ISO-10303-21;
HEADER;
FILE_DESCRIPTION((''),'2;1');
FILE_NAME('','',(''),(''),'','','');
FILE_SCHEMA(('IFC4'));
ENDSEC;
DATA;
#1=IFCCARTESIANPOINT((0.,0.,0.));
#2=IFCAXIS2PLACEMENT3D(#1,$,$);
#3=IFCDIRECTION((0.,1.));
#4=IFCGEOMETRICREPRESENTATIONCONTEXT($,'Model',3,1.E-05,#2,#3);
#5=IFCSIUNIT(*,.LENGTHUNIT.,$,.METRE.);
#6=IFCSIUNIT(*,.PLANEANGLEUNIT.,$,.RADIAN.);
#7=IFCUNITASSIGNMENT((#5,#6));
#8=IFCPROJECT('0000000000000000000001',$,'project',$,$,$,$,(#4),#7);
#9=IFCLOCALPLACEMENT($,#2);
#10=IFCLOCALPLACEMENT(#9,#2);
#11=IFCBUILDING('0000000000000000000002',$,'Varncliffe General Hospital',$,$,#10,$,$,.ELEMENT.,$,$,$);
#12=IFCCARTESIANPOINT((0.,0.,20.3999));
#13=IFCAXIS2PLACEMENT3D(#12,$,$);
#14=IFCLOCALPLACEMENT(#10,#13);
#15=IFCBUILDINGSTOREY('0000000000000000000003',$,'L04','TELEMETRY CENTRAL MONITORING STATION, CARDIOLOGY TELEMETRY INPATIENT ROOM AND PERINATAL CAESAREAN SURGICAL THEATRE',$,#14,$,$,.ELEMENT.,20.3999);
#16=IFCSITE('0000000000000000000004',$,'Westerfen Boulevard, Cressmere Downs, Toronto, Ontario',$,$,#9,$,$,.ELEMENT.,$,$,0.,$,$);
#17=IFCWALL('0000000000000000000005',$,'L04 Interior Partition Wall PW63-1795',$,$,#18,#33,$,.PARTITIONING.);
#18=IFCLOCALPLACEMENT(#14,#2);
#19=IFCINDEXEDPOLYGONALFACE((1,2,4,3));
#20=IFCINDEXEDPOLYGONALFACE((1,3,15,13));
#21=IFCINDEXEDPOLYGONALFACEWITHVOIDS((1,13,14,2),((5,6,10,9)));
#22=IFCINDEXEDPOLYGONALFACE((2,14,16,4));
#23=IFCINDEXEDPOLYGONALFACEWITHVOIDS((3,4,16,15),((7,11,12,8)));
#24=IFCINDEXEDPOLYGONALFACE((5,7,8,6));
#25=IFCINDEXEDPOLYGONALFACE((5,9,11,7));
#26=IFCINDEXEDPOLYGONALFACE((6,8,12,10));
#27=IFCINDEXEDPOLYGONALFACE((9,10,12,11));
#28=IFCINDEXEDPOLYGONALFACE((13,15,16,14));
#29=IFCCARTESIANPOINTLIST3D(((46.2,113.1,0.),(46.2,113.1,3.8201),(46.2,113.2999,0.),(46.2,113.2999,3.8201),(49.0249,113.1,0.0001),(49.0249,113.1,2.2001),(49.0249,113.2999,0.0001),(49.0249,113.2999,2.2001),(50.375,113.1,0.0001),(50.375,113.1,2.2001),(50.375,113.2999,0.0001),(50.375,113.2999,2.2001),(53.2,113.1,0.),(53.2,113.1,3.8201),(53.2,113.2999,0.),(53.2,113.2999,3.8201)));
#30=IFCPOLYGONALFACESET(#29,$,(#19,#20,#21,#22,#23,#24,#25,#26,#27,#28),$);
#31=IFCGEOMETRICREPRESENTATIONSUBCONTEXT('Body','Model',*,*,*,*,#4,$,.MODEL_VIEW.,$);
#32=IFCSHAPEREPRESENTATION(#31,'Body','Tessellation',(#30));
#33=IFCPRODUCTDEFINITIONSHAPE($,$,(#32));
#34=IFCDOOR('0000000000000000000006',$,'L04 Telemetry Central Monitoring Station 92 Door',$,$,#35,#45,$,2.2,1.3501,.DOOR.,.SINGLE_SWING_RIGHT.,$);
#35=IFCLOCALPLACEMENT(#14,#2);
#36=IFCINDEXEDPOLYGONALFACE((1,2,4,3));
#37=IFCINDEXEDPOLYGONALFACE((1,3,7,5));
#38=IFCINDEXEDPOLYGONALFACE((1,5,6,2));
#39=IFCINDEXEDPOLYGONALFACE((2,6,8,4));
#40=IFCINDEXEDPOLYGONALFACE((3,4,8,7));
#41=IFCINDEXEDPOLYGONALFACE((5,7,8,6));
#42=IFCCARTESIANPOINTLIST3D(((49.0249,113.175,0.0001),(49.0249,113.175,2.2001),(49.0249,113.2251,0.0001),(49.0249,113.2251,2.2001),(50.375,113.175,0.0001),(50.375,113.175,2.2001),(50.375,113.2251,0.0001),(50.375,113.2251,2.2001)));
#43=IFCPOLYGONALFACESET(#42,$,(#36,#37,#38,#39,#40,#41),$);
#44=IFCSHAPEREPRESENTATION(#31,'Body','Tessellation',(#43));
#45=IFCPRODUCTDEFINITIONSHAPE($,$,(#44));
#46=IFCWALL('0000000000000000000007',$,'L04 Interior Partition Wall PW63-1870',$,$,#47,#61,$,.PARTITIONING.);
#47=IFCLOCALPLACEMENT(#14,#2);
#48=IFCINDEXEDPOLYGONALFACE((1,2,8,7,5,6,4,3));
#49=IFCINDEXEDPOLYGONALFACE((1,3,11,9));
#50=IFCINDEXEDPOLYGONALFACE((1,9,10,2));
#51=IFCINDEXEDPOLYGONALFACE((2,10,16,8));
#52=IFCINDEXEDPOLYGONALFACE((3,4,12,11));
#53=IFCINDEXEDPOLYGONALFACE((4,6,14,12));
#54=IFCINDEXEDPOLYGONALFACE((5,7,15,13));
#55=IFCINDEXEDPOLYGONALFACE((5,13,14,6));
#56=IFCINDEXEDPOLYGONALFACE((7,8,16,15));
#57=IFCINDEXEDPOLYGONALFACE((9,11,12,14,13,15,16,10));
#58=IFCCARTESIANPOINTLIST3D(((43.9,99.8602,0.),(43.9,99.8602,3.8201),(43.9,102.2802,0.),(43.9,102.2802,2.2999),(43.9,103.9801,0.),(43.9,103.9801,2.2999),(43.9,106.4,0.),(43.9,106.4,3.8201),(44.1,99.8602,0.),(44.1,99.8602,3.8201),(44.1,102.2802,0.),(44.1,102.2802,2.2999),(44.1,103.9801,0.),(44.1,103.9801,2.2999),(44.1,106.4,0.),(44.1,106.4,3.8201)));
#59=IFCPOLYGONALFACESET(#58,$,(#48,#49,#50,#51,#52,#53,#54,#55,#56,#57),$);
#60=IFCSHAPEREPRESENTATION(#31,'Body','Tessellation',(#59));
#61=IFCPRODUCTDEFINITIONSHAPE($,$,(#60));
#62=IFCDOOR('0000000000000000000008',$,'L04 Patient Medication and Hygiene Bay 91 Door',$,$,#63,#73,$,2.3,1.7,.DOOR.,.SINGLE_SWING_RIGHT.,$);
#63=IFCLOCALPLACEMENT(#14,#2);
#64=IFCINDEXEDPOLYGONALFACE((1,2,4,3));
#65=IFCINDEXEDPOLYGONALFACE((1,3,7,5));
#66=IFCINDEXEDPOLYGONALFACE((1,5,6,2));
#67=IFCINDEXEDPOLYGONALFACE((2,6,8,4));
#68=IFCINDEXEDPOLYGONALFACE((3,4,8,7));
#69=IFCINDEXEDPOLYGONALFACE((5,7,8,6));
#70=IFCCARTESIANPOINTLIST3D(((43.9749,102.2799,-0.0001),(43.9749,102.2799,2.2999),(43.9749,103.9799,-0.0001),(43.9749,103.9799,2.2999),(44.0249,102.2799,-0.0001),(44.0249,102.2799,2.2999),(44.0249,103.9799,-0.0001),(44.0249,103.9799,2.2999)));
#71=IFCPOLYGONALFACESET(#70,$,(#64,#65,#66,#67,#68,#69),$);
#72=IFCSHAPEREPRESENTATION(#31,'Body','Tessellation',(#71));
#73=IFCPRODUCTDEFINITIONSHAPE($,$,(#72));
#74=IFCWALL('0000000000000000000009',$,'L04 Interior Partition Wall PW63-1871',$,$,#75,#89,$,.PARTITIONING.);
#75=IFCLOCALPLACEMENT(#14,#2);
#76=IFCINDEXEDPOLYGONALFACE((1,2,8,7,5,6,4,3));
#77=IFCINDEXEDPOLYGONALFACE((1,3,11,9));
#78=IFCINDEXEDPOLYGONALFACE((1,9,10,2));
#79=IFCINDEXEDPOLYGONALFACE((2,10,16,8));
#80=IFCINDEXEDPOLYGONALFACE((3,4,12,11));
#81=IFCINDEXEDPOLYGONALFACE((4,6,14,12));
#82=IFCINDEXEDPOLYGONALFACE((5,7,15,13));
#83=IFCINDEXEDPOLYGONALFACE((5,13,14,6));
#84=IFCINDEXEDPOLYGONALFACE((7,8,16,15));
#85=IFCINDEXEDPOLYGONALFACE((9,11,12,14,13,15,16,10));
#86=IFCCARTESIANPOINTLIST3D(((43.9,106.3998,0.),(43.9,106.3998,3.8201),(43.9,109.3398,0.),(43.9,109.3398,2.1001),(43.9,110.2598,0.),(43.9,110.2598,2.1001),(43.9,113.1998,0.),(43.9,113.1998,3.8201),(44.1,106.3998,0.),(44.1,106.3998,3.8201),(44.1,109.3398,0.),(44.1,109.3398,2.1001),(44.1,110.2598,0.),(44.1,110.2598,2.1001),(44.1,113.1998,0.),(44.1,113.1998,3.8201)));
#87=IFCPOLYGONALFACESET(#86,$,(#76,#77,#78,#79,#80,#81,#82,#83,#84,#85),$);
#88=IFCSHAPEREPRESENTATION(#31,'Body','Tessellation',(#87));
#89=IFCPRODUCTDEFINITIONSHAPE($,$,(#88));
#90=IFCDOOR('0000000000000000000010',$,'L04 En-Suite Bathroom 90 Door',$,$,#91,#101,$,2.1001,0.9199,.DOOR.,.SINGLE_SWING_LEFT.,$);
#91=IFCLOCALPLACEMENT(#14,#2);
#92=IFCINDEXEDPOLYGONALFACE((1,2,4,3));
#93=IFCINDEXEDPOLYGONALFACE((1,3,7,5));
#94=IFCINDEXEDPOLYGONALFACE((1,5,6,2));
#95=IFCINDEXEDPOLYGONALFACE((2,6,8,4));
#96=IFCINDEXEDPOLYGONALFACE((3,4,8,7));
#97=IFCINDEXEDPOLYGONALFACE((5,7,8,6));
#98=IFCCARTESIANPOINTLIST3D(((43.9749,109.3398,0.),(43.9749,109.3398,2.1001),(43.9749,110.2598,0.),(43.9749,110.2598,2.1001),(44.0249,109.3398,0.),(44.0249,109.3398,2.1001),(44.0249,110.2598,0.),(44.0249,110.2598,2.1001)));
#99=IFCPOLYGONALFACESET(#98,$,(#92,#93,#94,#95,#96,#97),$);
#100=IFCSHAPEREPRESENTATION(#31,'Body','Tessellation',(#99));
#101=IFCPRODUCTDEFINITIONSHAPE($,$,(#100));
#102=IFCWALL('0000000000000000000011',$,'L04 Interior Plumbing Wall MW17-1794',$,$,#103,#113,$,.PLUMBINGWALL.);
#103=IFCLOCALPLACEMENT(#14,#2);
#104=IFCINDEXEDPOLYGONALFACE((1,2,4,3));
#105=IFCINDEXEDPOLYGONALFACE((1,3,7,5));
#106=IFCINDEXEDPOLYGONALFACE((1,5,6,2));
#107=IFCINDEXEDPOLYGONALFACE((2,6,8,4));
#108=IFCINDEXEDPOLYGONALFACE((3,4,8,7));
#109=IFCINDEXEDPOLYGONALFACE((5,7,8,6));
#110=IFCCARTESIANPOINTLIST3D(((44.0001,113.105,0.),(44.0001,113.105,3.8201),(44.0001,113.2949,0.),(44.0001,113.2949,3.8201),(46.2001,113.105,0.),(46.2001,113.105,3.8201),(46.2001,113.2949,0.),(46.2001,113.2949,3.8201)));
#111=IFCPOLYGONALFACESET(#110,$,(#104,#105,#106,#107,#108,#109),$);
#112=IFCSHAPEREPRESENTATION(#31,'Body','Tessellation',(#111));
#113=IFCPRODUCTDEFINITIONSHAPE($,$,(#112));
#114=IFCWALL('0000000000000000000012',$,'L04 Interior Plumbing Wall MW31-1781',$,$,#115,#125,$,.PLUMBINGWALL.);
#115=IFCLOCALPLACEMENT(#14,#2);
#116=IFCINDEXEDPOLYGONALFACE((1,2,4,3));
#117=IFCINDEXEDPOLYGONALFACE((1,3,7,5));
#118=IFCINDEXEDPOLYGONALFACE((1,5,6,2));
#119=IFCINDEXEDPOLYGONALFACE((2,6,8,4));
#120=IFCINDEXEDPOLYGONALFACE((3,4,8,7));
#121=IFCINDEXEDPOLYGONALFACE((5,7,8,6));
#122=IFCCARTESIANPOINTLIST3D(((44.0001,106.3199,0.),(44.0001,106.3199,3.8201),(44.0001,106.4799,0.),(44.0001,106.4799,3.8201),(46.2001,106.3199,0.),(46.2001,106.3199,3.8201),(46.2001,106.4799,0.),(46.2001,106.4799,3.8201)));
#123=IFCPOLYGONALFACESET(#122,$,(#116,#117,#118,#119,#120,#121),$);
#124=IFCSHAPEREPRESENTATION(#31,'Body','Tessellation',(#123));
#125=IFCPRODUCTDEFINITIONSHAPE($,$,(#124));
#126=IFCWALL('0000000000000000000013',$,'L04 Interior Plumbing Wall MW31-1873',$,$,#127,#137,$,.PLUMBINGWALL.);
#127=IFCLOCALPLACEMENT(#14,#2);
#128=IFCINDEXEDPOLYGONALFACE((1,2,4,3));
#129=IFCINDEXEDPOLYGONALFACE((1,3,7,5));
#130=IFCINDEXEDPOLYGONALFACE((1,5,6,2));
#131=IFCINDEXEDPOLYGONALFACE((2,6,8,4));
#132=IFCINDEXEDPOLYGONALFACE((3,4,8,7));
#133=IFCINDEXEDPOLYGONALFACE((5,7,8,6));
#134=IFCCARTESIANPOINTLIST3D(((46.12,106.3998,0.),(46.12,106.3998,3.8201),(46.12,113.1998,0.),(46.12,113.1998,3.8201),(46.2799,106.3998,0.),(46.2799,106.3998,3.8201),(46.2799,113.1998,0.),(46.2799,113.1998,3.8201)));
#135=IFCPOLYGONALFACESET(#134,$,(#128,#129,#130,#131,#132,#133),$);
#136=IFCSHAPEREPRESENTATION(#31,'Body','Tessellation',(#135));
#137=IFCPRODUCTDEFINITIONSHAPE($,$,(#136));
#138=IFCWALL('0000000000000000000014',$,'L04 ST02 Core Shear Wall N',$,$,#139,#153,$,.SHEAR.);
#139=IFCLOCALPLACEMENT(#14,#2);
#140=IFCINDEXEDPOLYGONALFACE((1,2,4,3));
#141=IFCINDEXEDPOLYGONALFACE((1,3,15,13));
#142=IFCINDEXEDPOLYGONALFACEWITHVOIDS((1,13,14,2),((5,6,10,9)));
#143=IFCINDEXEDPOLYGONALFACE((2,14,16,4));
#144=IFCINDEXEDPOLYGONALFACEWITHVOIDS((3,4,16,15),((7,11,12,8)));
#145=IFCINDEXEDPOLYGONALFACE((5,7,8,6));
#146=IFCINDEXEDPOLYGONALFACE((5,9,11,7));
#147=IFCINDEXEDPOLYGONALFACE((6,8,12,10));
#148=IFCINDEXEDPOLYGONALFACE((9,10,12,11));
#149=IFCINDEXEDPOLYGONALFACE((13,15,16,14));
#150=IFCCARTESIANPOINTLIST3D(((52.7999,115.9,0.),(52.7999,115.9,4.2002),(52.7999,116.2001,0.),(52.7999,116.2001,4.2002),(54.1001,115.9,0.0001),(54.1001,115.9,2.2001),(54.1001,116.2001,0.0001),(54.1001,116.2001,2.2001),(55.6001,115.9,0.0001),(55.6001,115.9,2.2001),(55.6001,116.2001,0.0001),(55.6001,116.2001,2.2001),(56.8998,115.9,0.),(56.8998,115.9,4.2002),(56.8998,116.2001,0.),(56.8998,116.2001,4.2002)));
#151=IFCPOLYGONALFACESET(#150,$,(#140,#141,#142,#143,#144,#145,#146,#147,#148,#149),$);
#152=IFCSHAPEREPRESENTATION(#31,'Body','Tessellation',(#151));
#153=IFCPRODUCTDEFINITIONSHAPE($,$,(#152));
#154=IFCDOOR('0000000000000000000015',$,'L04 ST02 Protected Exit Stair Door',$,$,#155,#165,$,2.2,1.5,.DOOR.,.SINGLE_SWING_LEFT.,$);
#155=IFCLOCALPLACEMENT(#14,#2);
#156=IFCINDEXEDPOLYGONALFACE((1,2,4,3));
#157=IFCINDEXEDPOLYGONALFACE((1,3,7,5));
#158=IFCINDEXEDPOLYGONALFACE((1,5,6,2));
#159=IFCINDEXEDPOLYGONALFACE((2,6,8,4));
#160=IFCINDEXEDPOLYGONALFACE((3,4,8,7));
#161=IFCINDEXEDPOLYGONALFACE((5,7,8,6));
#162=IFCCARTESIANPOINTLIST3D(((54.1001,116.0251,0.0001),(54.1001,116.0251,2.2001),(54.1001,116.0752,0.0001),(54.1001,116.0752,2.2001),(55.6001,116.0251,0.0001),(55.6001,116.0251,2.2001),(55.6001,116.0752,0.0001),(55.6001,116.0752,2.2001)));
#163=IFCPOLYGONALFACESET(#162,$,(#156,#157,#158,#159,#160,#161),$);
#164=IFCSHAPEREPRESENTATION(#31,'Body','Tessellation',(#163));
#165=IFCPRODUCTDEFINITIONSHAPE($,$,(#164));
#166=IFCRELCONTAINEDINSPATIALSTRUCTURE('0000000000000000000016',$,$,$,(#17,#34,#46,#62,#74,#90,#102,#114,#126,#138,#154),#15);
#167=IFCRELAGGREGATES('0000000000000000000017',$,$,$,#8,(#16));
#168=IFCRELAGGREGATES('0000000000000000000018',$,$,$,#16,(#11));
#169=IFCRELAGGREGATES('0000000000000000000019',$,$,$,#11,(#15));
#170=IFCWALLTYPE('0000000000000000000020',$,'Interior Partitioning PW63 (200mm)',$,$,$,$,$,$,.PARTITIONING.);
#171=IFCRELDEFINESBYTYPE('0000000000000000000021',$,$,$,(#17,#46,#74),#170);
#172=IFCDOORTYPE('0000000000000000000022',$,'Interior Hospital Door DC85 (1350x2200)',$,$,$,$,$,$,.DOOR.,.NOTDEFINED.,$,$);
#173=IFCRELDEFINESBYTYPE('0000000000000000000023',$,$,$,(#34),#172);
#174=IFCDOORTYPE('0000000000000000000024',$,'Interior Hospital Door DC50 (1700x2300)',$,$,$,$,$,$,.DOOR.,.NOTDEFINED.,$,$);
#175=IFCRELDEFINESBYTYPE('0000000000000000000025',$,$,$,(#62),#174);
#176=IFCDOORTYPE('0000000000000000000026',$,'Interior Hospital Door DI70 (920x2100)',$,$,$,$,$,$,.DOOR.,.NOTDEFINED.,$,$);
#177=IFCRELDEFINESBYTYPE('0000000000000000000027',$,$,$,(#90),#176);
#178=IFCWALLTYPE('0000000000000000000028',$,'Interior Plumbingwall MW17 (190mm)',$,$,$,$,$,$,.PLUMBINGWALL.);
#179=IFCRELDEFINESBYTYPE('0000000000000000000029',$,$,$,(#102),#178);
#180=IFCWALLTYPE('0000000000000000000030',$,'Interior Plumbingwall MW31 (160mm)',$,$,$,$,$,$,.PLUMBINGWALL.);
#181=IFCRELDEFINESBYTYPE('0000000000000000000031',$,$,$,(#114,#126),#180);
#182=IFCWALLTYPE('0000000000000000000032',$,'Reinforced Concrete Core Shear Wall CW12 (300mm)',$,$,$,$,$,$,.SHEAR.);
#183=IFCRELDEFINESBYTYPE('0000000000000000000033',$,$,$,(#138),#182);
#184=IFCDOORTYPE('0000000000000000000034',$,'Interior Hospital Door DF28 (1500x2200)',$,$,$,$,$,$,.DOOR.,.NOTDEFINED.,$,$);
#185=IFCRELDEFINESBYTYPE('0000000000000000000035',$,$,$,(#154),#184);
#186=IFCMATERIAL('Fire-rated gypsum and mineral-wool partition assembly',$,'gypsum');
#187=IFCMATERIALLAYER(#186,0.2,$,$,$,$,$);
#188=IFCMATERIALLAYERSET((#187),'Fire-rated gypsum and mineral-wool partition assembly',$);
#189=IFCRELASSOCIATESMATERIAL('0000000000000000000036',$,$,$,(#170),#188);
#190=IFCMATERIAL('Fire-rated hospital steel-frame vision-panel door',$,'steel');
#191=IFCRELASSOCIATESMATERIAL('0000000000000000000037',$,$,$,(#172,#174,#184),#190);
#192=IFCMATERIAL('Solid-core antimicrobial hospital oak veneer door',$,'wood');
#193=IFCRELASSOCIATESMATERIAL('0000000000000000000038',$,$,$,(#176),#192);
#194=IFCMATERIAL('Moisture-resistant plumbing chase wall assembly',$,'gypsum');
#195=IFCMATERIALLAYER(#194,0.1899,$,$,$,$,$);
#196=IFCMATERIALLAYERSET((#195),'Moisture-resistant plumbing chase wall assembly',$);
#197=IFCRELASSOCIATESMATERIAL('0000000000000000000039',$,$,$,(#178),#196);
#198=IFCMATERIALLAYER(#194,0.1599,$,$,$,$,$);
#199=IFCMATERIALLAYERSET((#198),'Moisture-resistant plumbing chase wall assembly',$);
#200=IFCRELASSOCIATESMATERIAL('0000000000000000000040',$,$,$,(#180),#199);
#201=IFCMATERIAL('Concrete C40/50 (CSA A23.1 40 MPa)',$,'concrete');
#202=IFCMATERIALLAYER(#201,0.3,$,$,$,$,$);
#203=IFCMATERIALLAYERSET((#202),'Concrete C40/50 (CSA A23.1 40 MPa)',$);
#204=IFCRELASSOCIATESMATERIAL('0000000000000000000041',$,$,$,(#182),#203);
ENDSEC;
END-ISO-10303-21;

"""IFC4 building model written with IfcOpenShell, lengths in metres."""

from ifc_helpers import new_model, si_unit, direction, frame, frame_2d, origin, place, context, subcontext, project, spatial, rectangle, extrude, material, layer, layer_set, type_object, element, fill, save


model = new_model("IFC4")

# Units and contexts
model_context = context("Model", 3, precision=1e-05, world=origin(), true_north=direction((0.0, 1.0)))
body_context = subcontext(model_context, "Body", "Model", "MODEL_VIEW")
ifc_project = project(units=[si_unit("LENGTHUNIT", "METRE"), si_unit("PLANEANGLEUNIT", "RADIAN")], contexts=[model_context])

# Site, building, storey
site_placement = place(None, origin())
site = spatial("IfcSite", under=ifc_project, at=site_placement, Name="Westerfen Boulevard, Cressmere Downs, Toronto, Ontario", CompositionType="ELEMENT", RefElevation=0.0)
building_placement = place(site_placement, origin())
building = spatial("IfcBuilding", under=site, at=building_placement, Name="Varncliffe General Hospital", CompositionType="ELEMENT")
storey_placement = place(building_placement, frame((0.0, 0.0, 20.3999)))
storey = spatial("IfcBuildingStorey", under=building, at=storey_placement, Name="L04", Description="TELEMETRY CENTRAL MONITORING STATION, CARDIOLOGY TELEMETRY INPATIENT ROOM AND PERINATAL CAESAREAN SURGICAL THEATRE", CompositionType="ELEMENT", Elevation=20.3999)

# Shared definitions
ifc_material_1 = material(Name="Concrete C40/50 (CSA A23.1 40 MPa)", Category="concrete")

# Walls, openings, doors
ifc_material_2 = material(Name="Fire-rated gypsum and mineral-wool partition assembly", Category="gypsum")
ifc_material_3 = material(Name="Fire-rated hospital steel-frame vision-panel door", Category="steel")
ifc_layer_1 = layer(ifc_material_2, 0.2)
ifc_layer_set_1 = layer_set([ifc_layer_1], Name="Fire-rated gypsum and mineral-wool partition assembly")
wall_type_1 = type_object("IfcWallType", Name="Interior Partitioning PW63 (200mm)", PredefinedType="PARTITIONING", material=ifc_layer_set_1)
wall_1_placement = place(storey_placement, frame((46.2, 113.2, 0.0), z_axis=(0.0, 0.0, 1.0), x_axis=(1.0, 0.0, 0.0)))
wall_1 = element("IfcWall", 1, at=wall_1_placement, inside=storey, type_object=wall_type_1, Name="L04 Interior Partition Wall PW63-1795", PredefinedType="PARTITIONING", context=body_context, shape_type="SweptSolid", body=[
    extrude(rectangle(XDim=7.0, YDim=0.2, at=frame_2d((3.5, 0.0))), origin(), (0.0, 0.0, 1.0), 3.8201),
])
opening_1_placement = place(wall_1_placement, frame((2.825, 0.0, 0.0)))
opening_1 = element("IfcOpeningElement", 2, at=opening_1_placement, cuts=wall_1, PredefinedType="OPENING", context=body_context, shape_type="SweptSolid", body=[
    extrude(rectangle(XDim=1.3501, YDim=2.2, at=frame_2d((0.675, 1.1001))), frame((0.0, 0.1099, 0.0), z_axis=(0.0, -1.0, 0.0), x_axis=(1.0, 0.0, 0.0)), (0.0, 0.0, 1.0), 0.22),
])
door_type_1 = type_object("IfcDoorType", Name="Interior Hospital Door DC85 (1350x2200)", OperationType="NOTDEFINED", PredefinedType="DOOR", material=ifc_material_3)
door_1_placement = place(opening_1_placement, frame((1.3501, 0.0, 0.0), z_axis=(0.0, 0.0, 1.0), x_axis=(-1.0, 0.0, 0.0)))
door_1 = element("IfcDoor", 3, at=door_1_placement, inside=storey, type_object=door_type_1, Name="L04 Telemetry Central Monitoring Station 92 Door", OperationType="SINGLE_SWING_RIGHT", OverallHeight=2.2, OverallWidth=1.3501, PredefinedType="DOOR", context=body_context, shape_type="SweptSolid", body=[
    extrude(rectangle(XDim=1.3501, YDim=2.2, at=frame_2d((0.675, 1.1001))), frame((0.0, 0.0249, 0.0), z_axis=(0.0, -1.0, 0.0), x_axis=(1.0, 0.0, 0.0)), (0.0, 0.0, 1.0), 0.05),
])
fill(opening_1, door_1)
wall_2_placement = place(storey_placement, frame((44.0, 99.8601, 0.0), z_axis=(0.0, 0.0, 1.0), x_axis=(0.0, 1.0, 0.0)))
wall_2 = element("IfcWall", 4, at=wall_2_placement, inside=storey, type_object=wall_type_1, Name="L04 Interior Partition Wall PW63-1870", PredefinedType="PARTITIONING", context=body_context, shape_type="SweptSolid", body=[
    extrude(rectangle(XDim=6.5398, YDim=0.2, at=frame_2d((3.27, 0.0))), origin(), (0.0, 0.0, 1.0), 3.8201),
])
opening_2_placement = place(wall_2_placement, frame((2.4199, 0.0, 0.0)))
opening_2 = element("IfcOpeningElement", 5, at=opening_2_placement, cuts=wall_2, PredefinedType="OPENING", context=body_context, shape_type="SweptSolid", body=[
    extrude(rectangle(XDim=1.7, YDim=2.3, at=frame_2d((0.8501, 1.1499))), frame((0.0, 0.1099, 0.0), z_axis=(0.0, -1.0, 0.0), x_axis=(1.0, 0.0, 0.0)), (0.0, 0.0, 1.0), 0.22),
])
door_type_2 = type_object("IfcDoorType", Name="Interior Hospital Door DC50 (1700x2300)", OperationType="NOTDEFINED", PredefinedType="DOOR", material=ifc_material_3)
door_2_placement = place(opening_2_placement, frame((1.7, 0.0, 0.0), z_axis=(0.0, 0.0, 1.0), x_axis=(-1.0, 0.0, 0.0)))
door_2 = element("IfcDoor", 6, at=door_2_placement, inside=storey, type_object=door_type_2, Name="L04 Patient Medication and Hygiene Bay 91 Door", OperationType="SINGLE_SWING_RIGHT", OverallHeight=2.3, OverallWidth=1.7, PredefinedType="DOOR", context=body_context, shape_type="SweptSolid", body=[
    extrude(rectangle(XDim=1.7, YDim=2.3, at=frame_2d((0.8501, 1.1499))), frame((0.0, 0.0249, 0.0), z_axis=(0.0, -1.0, 0.0), x_axis=(1.0, 0.0, 0.0)), (0.0, 0.0, 1.0), 0.05),
])
fill(opening_2, door_2)
wall_3_placement = place(storey_placement, frame((44.0, 106.3999, 0.0), z_axis=(0.0, 0.0, 1.0), x_axis=(0.0, 1.0, 0.0)))
wall_3 = element("IfcWall", 7, at=wall_3_placement, inside=storey, type_object=wall_type_1, Name="L04 Interior Partition Wall PW63-1871", PredefinedType="PARTITIONING", context=body_context, shape_type="SweptSolid", body=[
    extrude(rectangle(XDim=6.8, YDim=0.2, at=frame_2d((3.3999, 0.0))), origin(), (0.0, 0.0, 1.0), 3.8201),
])
opening_3_placement = place(wall_3_placement, frame((2.9399, 0.0, 0.0)))
opening_3 = element("IfcOpeningElement", 8, at=opening_3_placement, cuts=wall_3, PredefinedType="OPENING", context=body_context, shape_type="SweptSolid", body=[
    extrude(rectangle(XDim=0.9199, YDim=2.1001, at=frame_2d((0.46, 1.05))), frame((0.0, 0.1099, 0.0), z_axis=(0.0, -1.0, 0.0), x_axis=(1.0, 0.0, 0.0)), (0.0, 0.0, 1.0), 0.22),
])
ifc_material_4 = material(Name="Solid-core antimicrobial hospital oak veneer door", Category="wood")
door_type_3 = type_object("IfcDoorType", Name="Interior Hospital Door DI70 (920x2100)", OperationType="NOTDEFINED", PredefinedType="DOOR", material=ifc_material_4)
door_3_placement = place(opening_3_placement, frame((0.9199, 0.0, 0.0), z_axis=(0.0, 0.0, 1.0), x_axis=(-1.0, 0.0, 0.0)))
door_3 = element("IfcDoor", 9, at=door_3_placement, inside=storey, type_object=door_type_3, Name="L04 En-Suite Bathroom 90 Door", OperationType="SINGLE_SWING_LEFT", OverallHeight=2.1001, OverallWidth=0.9199, PredefinedType="DOOR", context=body_context, shape_type="SweptSolid", body=[
    extrude(rectangle(XDim=0.9199, YDim=2.1001, at=frame_2d((0.46, 1.05))), frame((0.0, 0.0249, 0.0), z_axis=(0.0, -1.0, 0.0), x_axis=(1.0, 0.0, 0.0)), (0.0, 0.0, 1.0), 0.05),
])
fill(opening_3, door_3)

# Walls
ifc_material_5 = material(Name="Moisture-resistant plumbing chase wall assembly", Category="gypsum")
ifc_layer_2 = layer(ifc_material_5, 0.1899)
ifc_layer_set_2 = layer_set([ifc_layer_2], Name="Moisture-resistant plumbing chase wall assembly")
wall_type_2 = type_object("IfcWallType", Name="Interior Plumbingwall MW17 (190mm)", PredefinedType="PLUMBINGWALL", material=ifc_layer_set_2)
wall_4_placement = place(storey_placement, frame((44.0, 113.2, 0.0), z_axis=(0.0, 0.0, 1.0), x_axis=(1.0, 0.0, 0.0)))
element("IfcWall", 10, at=wall_4_placement, inside=storey, type_object=wall_type_2, Name="L04 Interior Plumbing Wall MW17-1794", PredefinedType="PLUMBINGWALL", context=body_context, shape_type="SweptSolid", body=[
    extrude(rectangle(XDim=2.2, YDim=0.1899, at=frame_2d((1.1001, 0.0))), origin(), (0.0, 0.0, 1.0), 3.8201),
])
ifc_layer_3 = layer(ifc_material_5, 0.1599)
ifc_layer_set_3 = layer_set([ifc_layer_3], Name="Moisture-resistant plumbing chase wall assembly")
wall_type_3 = type_object("IfcWallType", Name="Interior Plumbingwall MW31 (160mm)", PredefinedType="PLUMBINGWALL", material=ifc_layer_set_3)
wall_5_placement = place(storey_placement, frame((44.0, 106.3999, 0.0), z_axis=(0.0, 0.0, 1.0), x_axis=(1.0, 0.0, 0.0)))
element("IfcWall", 11, at=wall_5_placement, inside=storey, type_object=wall_type_3, Name="L04 Interior Plumbing Wall MW31-1781", PredefinedType="PLUMBINGWALL", context=body_context, shape_type="SweptSolid", body=[
    extrude(rectangle(XDim=2.2, YDim=0.1599, at=frame_2d((1.1001, 0.0))), origin(), (0.0, 0.0, 1.0), 3.8201),
])
wall_6_placement = place(storey_placement, frame((46.2, 106.3999, 0.0), z_axis=(0.0, 0.0, 1.0), x_axis=(0.0, 1.0, 0.0)))
element("IfcWall", 12, at=wall_6_placement, inside=storey, type_object=wall_type_3, Name="L04 Interior Plumbing Wall MW31-1873", PredefinedType="PLUMBINGWALL", context=body_context, shape_type="SweptSolid", body=[
    extrude(rectangle(XDim=6.8, YDim=0.1599, at=frame_2d((3.3999, 0.0))), origin(), (0.0, 0.0, 1.0), 3.8201),
])

# Wall, opening, door
ifc_layer_4 = layer(ifc_material_1, 0.3)
ifc_layer_set_4 = layer_set([ifc_layer_4], Name="Concrete C40/50 (CSA A23.1 40 MPa)")
wall_type_4 = type_object("IfcWallType", Name="Reinforced Concrete Core Shear Wall CW12 (300mm)", PredefinedType="SHEAR", material=ifc_layer_set_4)
wall_7_placement = place(storey_placement, frame((52.8, 116.05, 0.0), z_axis=(0.0, 0.0, 1.0), x_axis=(1.0, 0.0, 0.0)))
wall_7 = element("IfcWall", 13, at=wall_7_placement, inside=storey, type_object=wall_type_4, Name="L04 ST02 Core Shear Wall N", PredefinedType="SHEAR", context=body_context, shape_type="SweptSolid", body=[
    extrude(rectangle(XDim=4.0999, YDim=0.3, at=frame_2d((2.0498, 0.0))), origin(), (0.0, 0.0, 1.0), 4.2002),
])
opening_4_placement = place(wall_7_placement, frame((1.3, 0.0, 0.0)))
opening_4 = element("IfcOpeningElement", 14, at=opening_4_placement, cuts=wall_7, PredefinedType="OPENING", context=body_context, shape_type="SweptSolid", body=[
    extrude(rectangle(XDim=1.5, YDim=2.2, at=frame_2d((0.75, 1.1001))), frame((0.0, 0.1602, 0.0), z_axis=(0.0, -1.0, 0.0), x_axis=(1.0, 0.0, 0.0)), (0.0, 0.0, 1.0), 0.3201),
])
door_type_4 = type_object("IfcDoorType", Name="Interior Hospital Door DF28 (1500x2200)", OperationType="NOTDEFINED", PredefinedType="DOOR", material=ifc_material_3)
door_4_placement = place(opening_4_placement, frame((1.5, 0.0, 0.0), z_axis=(0.0, 0.0, 1.0), x_axis=(-1.0, 0.0, 0.0)))
door_4 = element("IfcDoor", 15, at=door_4_placement, inside=storey, type_object=door_type_4, Name="L04 ST02 Protected Exit Stair Door", OperationType="SINGLE_SWING_LEFT", OverallHeight=2.2, OverallWidth=1.5, PredefinedType="DOOR", context=body_context, shape_type="SweptSolid", body=[
    extrude(rectangle(XDim=1.5, YDim=2.2, at=frame_2d((0.75, 1.1001))), frame((0.0, 0.0249, 0.0), z_axis=(0.0, -1.0, 0.0), x_axis=(1.0, 0.0, 0.0)), (0.0, 0.0, 1.0), 0.05),
])
fill(opening_4, door_4)

save(model, "model.ifc")
